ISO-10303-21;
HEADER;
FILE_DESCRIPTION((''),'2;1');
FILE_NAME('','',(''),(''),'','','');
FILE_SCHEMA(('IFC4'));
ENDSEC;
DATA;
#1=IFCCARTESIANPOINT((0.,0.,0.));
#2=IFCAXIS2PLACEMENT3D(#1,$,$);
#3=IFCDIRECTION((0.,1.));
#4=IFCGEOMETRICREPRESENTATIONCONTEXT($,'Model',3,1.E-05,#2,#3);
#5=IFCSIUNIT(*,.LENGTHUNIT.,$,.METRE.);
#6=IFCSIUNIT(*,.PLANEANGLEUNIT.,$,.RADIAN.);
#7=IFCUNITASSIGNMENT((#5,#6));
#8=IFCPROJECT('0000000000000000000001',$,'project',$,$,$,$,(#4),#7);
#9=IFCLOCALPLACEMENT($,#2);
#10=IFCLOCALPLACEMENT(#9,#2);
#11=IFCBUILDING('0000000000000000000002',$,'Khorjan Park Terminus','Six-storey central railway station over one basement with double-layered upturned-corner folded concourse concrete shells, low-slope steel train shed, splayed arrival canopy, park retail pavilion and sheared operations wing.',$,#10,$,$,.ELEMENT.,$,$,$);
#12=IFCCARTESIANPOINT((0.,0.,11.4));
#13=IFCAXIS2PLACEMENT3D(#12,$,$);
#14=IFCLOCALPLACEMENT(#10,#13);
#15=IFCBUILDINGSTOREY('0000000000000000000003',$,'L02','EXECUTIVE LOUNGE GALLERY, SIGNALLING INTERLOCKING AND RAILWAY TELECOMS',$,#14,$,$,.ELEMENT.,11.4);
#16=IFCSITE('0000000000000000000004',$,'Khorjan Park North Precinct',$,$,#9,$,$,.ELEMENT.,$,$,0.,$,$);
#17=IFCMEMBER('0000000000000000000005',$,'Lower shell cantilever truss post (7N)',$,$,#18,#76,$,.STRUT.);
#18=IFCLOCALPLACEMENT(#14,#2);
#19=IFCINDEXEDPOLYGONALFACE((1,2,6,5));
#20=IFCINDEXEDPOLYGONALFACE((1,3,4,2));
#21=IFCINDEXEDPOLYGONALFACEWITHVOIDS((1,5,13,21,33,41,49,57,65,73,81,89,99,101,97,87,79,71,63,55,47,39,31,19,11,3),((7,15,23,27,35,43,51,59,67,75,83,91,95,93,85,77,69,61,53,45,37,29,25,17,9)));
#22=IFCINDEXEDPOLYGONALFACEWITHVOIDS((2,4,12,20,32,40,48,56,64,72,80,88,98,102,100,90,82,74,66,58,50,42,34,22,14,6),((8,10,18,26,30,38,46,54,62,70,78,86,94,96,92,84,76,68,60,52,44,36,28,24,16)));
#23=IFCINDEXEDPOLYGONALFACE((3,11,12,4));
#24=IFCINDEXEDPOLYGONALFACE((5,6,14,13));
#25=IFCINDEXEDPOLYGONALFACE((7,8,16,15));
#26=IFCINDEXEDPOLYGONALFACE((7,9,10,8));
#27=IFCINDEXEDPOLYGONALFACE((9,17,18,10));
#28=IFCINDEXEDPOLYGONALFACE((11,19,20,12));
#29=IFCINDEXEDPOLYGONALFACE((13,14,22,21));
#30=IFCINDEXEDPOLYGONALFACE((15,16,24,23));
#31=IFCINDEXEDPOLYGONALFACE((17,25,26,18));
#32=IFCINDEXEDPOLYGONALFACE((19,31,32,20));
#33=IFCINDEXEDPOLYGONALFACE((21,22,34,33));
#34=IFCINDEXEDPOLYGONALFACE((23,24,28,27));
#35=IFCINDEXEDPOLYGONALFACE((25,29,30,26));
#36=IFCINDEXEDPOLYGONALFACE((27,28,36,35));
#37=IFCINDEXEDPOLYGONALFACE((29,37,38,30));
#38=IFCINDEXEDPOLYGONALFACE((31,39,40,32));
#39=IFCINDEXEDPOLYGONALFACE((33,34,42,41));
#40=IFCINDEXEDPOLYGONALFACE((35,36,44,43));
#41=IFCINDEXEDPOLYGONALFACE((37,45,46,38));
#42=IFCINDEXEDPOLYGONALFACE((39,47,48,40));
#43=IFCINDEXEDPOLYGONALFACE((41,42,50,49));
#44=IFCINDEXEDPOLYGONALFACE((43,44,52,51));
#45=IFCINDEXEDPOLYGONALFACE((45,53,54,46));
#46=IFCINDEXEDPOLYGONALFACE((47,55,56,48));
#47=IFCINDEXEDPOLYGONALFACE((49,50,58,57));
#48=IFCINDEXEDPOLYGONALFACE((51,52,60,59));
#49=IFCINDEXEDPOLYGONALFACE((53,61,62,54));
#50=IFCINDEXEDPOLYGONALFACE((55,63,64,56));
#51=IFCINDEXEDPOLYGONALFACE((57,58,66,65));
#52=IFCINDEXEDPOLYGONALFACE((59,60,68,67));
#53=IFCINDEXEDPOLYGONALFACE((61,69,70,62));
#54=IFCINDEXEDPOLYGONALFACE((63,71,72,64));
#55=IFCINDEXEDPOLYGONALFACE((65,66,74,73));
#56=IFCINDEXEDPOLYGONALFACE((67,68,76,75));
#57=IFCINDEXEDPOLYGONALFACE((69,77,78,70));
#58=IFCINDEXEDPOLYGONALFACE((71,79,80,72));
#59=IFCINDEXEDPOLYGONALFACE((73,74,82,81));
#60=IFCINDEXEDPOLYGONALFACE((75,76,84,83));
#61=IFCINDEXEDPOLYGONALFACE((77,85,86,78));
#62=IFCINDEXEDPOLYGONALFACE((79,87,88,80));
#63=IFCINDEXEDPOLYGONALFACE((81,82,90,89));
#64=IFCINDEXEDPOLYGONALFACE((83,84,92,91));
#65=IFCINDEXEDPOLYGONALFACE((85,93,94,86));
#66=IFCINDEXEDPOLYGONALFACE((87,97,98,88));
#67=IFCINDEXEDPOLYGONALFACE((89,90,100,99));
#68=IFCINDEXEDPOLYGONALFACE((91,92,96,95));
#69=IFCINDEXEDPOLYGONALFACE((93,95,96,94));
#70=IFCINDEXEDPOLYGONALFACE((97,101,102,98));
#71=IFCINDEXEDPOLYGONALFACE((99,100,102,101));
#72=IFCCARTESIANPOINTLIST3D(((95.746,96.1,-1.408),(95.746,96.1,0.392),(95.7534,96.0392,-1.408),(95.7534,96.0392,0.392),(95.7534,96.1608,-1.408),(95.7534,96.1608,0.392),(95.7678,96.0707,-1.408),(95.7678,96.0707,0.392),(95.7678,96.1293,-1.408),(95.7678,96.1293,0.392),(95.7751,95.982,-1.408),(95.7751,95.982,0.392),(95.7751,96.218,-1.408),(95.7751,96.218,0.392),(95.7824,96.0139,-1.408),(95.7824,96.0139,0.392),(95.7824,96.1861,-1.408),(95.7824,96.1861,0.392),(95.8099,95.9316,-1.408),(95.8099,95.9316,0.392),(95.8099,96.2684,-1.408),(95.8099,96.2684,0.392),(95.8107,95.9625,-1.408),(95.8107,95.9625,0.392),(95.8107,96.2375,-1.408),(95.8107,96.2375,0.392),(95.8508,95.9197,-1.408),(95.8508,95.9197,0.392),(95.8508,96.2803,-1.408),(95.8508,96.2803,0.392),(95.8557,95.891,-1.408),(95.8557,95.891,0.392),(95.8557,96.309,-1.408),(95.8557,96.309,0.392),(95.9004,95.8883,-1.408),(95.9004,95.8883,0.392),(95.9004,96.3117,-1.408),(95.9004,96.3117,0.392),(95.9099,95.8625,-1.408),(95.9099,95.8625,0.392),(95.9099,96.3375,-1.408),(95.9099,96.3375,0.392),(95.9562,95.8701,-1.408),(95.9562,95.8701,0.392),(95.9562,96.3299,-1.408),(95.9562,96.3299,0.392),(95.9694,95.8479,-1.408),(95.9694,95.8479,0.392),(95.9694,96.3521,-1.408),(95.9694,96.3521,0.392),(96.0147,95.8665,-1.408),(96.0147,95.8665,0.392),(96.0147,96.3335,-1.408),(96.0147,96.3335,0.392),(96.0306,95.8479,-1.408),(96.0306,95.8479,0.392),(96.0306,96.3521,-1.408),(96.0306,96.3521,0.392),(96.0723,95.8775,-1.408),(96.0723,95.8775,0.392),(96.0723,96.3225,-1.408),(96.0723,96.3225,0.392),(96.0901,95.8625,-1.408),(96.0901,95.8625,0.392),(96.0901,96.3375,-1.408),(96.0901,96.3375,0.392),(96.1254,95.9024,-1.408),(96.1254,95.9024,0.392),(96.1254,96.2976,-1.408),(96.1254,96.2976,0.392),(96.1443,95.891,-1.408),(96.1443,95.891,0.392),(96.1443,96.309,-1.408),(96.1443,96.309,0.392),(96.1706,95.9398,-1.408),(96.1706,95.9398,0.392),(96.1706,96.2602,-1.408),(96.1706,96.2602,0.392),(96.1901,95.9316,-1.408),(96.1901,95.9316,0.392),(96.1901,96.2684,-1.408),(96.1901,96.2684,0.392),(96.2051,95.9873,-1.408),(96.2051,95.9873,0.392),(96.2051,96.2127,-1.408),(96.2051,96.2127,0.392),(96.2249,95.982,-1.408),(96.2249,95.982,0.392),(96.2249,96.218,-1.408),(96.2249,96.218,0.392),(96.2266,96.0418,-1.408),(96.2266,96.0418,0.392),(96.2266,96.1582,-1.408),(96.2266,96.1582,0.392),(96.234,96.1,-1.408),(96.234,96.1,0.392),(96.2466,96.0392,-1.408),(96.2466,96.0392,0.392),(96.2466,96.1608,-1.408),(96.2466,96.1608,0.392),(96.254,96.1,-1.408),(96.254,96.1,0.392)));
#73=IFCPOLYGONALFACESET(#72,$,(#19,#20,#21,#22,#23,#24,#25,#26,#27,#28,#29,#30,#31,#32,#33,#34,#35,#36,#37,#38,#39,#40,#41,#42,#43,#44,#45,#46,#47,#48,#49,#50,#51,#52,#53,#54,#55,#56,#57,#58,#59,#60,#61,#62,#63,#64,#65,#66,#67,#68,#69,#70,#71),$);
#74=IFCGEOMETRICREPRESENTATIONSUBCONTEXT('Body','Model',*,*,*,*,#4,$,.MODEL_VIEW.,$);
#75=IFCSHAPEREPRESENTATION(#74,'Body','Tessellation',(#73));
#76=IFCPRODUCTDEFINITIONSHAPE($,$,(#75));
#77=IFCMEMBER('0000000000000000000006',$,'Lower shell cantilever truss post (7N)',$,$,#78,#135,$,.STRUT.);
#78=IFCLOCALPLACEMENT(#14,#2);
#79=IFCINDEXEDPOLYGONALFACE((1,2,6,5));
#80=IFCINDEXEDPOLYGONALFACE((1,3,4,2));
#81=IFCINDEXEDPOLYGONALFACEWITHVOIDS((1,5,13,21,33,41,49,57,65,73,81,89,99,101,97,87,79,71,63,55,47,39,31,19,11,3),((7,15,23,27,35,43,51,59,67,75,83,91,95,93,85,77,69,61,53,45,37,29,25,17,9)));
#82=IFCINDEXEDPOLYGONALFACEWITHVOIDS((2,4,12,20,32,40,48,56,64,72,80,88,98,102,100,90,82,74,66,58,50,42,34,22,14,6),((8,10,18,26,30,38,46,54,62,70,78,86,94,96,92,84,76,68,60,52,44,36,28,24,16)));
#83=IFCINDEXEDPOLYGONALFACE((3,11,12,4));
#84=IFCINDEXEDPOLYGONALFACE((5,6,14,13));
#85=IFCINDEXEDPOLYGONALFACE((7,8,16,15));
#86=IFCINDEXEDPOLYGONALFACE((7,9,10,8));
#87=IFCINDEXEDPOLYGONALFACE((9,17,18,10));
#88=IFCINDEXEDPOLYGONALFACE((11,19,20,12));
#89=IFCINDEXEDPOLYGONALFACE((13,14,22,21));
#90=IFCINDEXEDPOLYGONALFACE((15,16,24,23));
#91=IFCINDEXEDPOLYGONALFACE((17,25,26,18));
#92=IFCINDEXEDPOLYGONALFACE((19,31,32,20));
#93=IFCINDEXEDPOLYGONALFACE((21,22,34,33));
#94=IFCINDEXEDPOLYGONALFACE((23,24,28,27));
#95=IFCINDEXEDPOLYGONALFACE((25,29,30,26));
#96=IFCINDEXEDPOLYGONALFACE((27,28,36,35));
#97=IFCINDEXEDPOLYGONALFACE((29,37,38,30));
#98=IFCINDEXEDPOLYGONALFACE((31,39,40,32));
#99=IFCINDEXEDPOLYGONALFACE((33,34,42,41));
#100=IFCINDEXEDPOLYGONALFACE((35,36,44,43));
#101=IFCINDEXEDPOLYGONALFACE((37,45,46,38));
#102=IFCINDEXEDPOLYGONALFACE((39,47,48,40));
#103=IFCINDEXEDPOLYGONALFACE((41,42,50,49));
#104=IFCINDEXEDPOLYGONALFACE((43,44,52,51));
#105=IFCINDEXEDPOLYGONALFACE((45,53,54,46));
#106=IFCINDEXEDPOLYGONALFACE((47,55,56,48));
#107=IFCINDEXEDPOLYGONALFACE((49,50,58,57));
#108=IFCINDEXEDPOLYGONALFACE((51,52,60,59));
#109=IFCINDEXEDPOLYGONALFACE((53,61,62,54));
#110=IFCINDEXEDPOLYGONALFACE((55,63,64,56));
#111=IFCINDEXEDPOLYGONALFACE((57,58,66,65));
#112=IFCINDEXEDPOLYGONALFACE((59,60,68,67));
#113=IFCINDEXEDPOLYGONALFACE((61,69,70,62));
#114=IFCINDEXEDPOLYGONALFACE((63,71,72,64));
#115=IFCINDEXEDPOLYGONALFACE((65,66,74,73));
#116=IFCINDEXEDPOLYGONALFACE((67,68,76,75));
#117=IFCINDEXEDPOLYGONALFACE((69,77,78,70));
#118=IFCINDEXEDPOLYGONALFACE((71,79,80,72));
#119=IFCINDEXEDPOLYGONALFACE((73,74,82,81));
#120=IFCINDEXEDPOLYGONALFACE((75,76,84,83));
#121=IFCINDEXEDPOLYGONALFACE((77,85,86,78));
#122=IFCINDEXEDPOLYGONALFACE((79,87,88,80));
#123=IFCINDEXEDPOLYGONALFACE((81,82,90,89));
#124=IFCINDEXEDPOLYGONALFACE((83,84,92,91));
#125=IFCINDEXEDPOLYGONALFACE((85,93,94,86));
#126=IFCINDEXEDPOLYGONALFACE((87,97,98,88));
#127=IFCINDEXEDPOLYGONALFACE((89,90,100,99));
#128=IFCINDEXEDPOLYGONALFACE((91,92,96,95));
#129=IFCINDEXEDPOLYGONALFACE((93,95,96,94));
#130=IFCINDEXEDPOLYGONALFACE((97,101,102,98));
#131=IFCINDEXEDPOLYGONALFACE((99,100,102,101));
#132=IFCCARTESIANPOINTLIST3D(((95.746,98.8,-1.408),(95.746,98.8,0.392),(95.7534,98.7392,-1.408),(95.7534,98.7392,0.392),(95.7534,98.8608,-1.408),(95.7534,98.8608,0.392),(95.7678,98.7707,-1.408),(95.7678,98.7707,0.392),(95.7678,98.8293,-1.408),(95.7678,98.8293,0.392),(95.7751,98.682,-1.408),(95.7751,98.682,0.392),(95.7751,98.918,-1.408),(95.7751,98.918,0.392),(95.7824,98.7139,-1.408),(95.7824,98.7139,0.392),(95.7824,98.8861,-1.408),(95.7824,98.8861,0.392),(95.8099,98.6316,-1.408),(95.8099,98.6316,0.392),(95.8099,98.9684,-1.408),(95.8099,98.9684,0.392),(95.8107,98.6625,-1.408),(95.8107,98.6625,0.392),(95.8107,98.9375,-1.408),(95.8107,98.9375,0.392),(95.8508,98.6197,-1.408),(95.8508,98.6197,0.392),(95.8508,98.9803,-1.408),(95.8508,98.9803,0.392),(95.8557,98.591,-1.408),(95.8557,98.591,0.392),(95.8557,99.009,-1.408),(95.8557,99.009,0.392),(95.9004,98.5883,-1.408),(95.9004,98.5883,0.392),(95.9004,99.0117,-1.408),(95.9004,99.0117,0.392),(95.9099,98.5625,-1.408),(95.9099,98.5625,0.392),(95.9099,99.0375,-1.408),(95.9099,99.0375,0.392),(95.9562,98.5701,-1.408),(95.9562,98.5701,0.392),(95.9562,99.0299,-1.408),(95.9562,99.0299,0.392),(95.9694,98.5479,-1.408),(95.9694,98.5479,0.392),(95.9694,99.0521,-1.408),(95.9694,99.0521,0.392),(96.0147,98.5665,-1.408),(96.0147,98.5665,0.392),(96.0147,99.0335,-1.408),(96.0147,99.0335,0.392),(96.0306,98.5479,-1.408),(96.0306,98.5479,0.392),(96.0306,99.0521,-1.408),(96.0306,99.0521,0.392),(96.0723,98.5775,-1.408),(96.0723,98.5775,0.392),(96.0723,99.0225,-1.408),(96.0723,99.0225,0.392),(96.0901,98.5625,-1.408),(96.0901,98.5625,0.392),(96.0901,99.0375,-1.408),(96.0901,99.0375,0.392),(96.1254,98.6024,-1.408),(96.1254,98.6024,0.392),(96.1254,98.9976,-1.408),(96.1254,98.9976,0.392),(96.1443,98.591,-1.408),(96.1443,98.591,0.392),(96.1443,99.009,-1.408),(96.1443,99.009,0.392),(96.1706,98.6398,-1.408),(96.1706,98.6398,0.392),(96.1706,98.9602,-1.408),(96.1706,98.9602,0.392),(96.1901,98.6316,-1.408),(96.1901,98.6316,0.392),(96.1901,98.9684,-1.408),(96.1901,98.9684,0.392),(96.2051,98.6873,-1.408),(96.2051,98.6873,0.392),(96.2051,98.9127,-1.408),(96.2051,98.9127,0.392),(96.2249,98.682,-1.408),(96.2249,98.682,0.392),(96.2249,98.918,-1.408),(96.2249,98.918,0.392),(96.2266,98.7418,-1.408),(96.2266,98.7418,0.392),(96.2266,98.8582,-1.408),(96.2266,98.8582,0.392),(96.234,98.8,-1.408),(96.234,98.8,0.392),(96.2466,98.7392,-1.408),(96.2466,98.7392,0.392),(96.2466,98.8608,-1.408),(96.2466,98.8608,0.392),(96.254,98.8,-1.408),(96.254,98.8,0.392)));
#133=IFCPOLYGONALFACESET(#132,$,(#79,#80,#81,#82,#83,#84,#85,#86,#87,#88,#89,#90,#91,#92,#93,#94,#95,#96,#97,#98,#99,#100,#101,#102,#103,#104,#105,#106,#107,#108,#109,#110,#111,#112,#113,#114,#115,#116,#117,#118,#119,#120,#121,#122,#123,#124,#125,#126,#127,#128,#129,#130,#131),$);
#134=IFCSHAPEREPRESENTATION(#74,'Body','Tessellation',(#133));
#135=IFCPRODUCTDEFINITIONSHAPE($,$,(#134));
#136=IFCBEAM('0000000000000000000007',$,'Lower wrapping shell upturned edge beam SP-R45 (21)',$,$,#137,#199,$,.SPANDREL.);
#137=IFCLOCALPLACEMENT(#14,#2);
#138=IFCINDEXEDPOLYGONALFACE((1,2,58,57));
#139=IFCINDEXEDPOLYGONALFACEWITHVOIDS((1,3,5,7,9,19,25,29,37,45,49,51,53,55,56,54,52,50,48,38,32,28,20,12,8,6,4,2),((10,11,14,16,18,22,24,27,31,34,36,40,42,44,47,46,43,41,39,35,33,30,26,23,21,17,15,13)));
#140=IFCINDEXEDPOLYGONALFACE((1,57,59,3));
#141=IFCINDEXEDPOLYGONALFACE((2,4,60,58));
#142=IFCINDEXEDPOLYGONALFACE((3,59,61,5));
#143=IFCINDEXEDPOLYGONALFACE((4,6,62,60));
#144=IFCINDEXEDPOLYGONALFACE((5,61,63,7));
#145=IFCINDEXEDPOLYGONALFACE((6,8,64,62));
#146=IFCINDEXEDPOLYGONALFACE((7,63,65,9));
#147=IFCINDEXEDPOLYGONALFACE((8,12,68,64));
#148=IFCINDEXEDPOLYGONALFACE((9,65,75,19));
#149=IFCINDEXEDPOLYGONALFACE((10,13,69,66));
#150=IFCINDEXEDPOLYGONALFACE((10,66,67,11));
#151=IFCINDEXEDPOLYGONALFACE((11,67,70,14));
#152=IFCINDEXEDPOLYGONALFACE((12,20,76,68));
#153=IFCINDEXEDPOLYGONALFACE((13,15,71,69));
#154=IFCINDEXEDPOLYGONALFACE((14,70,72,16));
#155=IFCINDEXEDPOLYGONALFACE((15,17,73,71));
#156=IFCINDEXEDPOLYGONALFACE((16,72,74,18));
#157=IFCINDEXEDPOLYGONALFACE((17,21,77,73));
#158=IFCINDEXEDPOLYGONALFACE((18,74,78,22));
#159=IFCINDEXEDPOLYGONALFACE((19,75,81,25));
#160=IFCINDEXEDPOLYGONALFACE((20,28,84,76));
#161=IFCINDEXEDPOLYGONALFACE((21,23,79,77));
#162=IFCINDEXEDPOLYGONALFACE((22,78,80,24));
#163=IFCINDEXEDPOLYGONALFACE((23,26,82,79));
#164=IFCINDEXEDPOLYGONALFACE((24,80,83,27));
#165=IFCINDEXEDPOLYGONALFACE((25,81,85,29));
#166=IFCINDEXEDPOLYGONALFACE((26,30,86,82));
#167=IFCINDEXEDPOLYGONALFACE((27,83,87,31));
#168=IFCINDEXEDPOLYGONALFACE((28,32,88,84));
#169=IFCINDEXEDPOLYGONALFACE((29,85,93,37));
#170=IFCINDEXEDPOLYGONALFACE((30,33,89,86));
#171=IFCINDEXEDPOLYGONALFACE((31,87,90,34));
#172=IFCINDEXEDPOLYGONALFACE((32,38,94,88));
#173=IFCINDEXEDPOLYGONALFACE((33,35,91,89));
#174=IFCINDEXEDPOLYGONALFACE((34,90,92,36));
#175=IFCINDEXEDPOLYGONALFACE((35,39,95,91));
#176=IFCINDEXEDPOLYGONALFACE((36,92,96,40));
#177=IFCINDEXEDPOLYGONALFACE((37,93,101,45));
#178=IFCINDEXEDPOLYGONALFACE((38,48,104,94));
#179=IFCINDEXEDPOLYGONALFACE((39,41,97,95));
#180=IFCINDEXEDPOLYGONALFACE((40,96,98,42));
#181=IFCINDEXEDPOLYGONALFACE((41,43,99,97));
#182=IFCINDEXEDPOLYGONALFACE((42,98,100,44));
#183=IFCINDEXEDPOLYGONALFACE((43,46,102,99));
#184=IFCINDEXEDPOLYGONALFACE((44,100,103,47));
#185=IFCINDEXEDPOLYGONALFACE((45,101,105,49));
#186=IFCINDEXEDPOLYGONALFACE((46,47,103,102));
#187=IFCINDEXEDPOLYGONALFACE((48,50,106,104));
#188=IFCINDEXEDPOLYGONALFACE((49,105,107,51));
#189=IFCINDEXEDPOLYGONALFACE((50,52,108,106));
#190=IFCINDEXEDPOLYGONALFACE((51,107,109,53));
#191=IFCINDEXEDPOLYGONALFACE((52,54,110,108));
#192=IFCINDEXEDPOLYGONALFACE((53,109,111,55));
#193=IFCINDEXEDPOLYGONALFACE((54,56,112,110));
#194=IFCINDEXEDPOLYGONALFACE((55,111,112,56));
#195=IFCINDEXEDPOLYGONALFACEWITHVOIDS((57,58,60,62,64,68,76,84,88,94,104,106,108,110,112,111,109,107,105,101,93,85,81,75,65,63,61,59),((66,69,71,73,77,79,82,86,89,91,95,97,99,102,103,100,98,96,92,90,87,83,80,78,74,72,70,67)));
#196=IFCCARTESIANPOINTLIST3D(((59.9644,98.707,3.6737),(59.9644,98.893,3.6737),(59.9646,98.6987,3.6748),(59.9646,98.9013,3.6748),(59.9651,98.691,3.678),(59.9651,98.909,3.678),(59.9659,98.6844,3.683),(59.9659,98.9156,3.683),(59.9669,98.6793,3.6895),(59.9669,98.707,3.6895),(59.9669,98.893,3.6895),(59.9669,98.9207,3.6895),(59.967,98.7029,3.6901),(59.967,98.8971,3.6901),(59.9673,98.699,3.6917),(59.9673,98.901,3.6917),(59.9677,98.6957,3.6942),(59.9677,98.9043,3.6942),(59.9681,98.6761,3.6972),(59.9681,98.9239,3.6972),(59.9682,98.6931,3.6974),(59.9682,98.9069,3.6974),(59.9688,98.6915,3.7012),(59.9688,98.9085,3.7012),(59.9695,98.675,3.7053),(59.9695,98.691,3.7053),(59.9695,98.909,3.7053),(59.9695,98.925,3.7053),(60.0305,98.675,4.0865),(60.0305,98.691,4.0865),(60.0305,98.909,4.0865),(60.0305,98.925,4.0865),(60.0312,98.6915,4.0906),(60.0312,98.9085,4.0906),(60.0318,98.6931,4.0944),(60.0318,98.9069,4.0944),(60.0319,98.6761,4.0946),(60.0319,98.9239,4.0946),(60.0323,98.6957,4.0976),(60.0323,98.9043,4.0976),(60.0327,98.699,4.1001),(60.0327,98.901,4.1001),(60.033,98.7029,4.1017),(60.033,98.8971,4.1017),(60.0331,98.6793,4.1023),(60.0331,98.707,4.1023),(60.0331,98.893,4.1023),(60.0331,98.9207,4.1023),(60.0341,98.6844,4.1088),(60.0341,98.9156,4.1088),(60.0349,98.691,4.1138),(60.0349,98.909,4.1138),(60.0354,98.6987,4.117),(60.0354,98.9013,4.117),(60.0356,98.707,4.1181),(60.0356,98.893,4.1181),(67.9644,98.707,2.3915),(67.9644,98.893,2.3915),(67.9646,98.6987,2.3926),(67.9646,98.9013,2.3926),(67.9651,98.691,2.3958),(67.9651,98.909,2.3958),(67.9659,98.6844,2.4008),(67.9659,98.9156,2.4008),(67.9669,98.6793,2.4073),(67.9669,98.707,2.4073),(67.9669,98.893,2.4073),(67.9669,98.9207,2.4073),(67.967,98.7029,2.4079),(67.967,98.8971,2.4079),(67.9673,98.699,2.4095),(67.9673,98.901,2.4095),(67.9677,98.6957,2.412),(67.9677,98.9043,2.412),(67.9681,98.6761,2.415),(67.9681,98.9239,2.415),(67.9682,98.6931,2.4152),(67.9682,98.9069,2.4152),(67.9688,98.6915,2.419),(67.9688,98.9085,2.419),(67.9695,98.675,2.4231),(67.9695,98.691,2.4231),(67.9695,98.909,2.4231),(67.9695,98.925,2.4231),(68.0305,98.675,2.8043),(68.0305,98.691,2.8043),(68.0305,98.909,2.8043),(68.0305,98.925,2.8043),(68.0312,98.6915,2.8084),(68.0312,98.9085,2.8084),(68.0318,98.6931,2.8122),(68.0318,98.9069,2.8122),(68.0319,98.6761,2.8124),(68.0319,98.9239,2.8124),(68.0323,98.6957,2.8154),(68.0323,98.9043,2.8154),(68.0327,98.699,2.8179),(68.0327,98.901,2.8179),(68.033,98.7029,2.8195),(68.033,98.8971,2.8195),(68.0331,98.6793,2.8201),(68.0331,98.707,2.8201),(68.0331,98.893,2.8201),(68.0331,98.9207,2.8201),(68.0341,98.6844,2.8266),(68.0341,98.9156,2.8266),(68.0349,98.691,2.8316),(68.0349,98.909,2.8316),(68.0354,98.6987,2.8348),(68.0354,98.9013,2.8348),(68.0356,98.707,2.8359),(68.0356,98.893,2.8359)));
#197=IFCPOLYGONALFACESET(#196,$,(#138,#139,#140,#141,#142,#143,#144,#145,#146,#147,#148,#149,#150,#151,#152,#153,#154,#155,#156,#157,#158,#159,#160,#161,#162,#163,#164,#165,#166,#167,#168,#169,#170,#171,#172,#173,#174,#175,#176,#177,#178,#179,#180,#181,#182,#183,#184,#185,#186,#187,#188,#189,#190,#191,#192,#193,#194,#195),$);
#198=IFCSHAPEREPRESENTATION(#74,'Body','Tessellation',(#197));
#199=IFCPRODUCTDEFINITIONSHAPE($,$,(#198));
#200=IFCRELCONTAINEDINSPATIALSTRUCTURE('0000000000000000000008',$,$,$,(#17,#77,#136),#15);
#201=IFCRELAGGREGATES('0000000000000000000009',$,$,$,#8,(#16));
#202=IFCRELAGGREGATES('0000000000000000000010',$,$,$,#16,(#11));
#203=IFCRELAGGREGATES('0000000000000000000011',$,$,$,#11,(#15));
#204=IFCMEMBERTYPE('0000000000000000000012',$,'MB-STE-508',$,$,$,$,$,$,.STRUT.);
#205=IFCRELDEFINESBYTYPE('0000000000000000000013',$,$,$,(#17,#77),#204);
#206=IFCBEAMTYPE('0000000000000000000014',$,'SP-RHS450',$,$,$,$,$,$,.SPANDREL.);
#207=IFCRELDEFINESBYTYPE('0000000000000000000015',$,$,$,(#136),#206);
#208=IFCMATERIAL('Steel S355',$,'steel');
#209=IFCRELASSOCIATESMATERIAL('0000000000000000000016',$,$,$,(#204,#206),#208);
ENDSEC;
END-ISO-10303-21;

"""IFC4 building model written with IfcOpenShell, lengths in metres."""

from ifc_helpers import new_model, si_unit, direction, frame, origin, origin_2d, place, context, subcontext, project, spatial, hollow_rectangle, hollow_circle, extrude, material, material_profile, profile_set, type_object, element, save


model = new_model("IFC4")

# Units and contexts
model_context = context("Model", 3, precision=1e-05, world=origin(), true_north=direction((0.0, 1.0)))
body_context = subcontext(model_context, "Body", "Model", "MODEL_VIEW")
ifc_project = project(units=[si_unit("LENGTHUNIT", "METRE"), si_unit("PLANEANGLEUNIT", "RADIAN")], contexts=[model_context])

# Site, building, storey
site_placement = place(None, origin())
site = spatial("IfcSite", under=ifc_project, at=site_placement, Name="Khorjan Park North Precinct", CompositionType="ELEMENT", RefElevation=0.0)
building_placement = place(site_placement, origin())
building = spatial("IfcBuilding", under=site, at=building_placement, Name="Khorjan Park Terminus", Description="Six-storey central railway station over one basement with double-layered upturned-corner folded concourse concrete shells, low-slope steel train shed, splayed arrival canopy, park retail pavilion and sheared operations wing.", CompositionType="ELEMENT")
storey_placement = place(building_placement, frame((0.0, 0.0, 11.4)))
storey = spatial("IfcBuildingStorey", under=building, at=storey_placement, Name="L02", Description="EXECUTIVE LOUNGE GALLERY, SIGNALLING INTERLOCKING AND RAILWAY TELECOMS", CompositionType="ELEMENT", Elevation=11.4)

# Shared definitions
ifc_material = material(Name="Steel S355", Category="steel")

# Members
ifc_material_profile_1 = material_profile(ifc_material, hollow_circle(Radius=0.254, WallThickness=0.02, at=origin_2d()), Name="CHS 508x20")
ifc_profile_set_1 = profile_set([ifc_material_profile_1], Name="Steel S355")
member_type_1 = type_object("IfcMemberType", Name="MB-STE-508", PredefinedType="STRUT", material=ifc_profile_set_1)
for number, where, z_axis, x_axis, name in (
    (1, (96.0, 96.1, -1.408), (0.0, 0.0, 1.0), (1.0, 0.0, 0.0), "Lower shell cantilever truss post (7N)"),
    (2, (96.0, 98.8, -1.408), (0.0, 0.0, 1.0), (1.0, 0.0, 0.0), "Lower shell cantilever truss post (7N)"),
):
    element("IfcMember", number, at=place(storey_placement, frame(where, z_axis=z_axis, x_axis=x_axis)), inside=storey, type_object=member_type_1, Name=name, PredefinedType="STRUT", context=body_context, shape_type="SweptSolid", body=[
        extrude(hollow_circle(Radius=0.254, WallThickness=0.02, at=origin_2d()), origin(), (0.0, 0.0, 1.0), 1.8),
    ])

# Beam
ifc_material_profile_2 = material_profile(ifc_material, hollow_rectangle(XDim=0.25, YDim=0.45, WallThickness=0.016, InnerFilletRadius=0.016, OuterFilletRadius=0.032, at=origin_2d()), Name="RHS 450x250x16")
ifc_profile_set_2 = profile_set([ifc_material_profile_2], Name="Steel S355")
beam_type = type_object("IfcBeamType", Name="SP-RHS450", PredefinedType="SPANDREL", material=ifc_profile_set_2)
for number, where, z_axis, x_axis, name in (
    (3, (60.0, 98.8, 3.8959), (0.987398, 0.0, -0.158255), (0.0, 1.0, 0.0), "Lower wrapping shell upturned edge beam SP-R45 (21)"),
):
    element("IfcBeam", number, at=place(storey_placement, frame(where, z_axis=z_axis, x_axis=x_axis)), inside=storey, type_object=beam_type, Name=name, PredefinedType="SPANDREL", context=body_context, shape_type="SweptSolid", body=[
        extrude(hollow_rectangle(XDim=0.25, YDim=0.45, WallThickness=0.016, InnerFilletRadius=0.016, OuterFilletRadius=0.032, at=origin_2d()), origin(), (0.0, 0.0, 1.0), 8.1021),
    ])

save(model, "model.ifc")
